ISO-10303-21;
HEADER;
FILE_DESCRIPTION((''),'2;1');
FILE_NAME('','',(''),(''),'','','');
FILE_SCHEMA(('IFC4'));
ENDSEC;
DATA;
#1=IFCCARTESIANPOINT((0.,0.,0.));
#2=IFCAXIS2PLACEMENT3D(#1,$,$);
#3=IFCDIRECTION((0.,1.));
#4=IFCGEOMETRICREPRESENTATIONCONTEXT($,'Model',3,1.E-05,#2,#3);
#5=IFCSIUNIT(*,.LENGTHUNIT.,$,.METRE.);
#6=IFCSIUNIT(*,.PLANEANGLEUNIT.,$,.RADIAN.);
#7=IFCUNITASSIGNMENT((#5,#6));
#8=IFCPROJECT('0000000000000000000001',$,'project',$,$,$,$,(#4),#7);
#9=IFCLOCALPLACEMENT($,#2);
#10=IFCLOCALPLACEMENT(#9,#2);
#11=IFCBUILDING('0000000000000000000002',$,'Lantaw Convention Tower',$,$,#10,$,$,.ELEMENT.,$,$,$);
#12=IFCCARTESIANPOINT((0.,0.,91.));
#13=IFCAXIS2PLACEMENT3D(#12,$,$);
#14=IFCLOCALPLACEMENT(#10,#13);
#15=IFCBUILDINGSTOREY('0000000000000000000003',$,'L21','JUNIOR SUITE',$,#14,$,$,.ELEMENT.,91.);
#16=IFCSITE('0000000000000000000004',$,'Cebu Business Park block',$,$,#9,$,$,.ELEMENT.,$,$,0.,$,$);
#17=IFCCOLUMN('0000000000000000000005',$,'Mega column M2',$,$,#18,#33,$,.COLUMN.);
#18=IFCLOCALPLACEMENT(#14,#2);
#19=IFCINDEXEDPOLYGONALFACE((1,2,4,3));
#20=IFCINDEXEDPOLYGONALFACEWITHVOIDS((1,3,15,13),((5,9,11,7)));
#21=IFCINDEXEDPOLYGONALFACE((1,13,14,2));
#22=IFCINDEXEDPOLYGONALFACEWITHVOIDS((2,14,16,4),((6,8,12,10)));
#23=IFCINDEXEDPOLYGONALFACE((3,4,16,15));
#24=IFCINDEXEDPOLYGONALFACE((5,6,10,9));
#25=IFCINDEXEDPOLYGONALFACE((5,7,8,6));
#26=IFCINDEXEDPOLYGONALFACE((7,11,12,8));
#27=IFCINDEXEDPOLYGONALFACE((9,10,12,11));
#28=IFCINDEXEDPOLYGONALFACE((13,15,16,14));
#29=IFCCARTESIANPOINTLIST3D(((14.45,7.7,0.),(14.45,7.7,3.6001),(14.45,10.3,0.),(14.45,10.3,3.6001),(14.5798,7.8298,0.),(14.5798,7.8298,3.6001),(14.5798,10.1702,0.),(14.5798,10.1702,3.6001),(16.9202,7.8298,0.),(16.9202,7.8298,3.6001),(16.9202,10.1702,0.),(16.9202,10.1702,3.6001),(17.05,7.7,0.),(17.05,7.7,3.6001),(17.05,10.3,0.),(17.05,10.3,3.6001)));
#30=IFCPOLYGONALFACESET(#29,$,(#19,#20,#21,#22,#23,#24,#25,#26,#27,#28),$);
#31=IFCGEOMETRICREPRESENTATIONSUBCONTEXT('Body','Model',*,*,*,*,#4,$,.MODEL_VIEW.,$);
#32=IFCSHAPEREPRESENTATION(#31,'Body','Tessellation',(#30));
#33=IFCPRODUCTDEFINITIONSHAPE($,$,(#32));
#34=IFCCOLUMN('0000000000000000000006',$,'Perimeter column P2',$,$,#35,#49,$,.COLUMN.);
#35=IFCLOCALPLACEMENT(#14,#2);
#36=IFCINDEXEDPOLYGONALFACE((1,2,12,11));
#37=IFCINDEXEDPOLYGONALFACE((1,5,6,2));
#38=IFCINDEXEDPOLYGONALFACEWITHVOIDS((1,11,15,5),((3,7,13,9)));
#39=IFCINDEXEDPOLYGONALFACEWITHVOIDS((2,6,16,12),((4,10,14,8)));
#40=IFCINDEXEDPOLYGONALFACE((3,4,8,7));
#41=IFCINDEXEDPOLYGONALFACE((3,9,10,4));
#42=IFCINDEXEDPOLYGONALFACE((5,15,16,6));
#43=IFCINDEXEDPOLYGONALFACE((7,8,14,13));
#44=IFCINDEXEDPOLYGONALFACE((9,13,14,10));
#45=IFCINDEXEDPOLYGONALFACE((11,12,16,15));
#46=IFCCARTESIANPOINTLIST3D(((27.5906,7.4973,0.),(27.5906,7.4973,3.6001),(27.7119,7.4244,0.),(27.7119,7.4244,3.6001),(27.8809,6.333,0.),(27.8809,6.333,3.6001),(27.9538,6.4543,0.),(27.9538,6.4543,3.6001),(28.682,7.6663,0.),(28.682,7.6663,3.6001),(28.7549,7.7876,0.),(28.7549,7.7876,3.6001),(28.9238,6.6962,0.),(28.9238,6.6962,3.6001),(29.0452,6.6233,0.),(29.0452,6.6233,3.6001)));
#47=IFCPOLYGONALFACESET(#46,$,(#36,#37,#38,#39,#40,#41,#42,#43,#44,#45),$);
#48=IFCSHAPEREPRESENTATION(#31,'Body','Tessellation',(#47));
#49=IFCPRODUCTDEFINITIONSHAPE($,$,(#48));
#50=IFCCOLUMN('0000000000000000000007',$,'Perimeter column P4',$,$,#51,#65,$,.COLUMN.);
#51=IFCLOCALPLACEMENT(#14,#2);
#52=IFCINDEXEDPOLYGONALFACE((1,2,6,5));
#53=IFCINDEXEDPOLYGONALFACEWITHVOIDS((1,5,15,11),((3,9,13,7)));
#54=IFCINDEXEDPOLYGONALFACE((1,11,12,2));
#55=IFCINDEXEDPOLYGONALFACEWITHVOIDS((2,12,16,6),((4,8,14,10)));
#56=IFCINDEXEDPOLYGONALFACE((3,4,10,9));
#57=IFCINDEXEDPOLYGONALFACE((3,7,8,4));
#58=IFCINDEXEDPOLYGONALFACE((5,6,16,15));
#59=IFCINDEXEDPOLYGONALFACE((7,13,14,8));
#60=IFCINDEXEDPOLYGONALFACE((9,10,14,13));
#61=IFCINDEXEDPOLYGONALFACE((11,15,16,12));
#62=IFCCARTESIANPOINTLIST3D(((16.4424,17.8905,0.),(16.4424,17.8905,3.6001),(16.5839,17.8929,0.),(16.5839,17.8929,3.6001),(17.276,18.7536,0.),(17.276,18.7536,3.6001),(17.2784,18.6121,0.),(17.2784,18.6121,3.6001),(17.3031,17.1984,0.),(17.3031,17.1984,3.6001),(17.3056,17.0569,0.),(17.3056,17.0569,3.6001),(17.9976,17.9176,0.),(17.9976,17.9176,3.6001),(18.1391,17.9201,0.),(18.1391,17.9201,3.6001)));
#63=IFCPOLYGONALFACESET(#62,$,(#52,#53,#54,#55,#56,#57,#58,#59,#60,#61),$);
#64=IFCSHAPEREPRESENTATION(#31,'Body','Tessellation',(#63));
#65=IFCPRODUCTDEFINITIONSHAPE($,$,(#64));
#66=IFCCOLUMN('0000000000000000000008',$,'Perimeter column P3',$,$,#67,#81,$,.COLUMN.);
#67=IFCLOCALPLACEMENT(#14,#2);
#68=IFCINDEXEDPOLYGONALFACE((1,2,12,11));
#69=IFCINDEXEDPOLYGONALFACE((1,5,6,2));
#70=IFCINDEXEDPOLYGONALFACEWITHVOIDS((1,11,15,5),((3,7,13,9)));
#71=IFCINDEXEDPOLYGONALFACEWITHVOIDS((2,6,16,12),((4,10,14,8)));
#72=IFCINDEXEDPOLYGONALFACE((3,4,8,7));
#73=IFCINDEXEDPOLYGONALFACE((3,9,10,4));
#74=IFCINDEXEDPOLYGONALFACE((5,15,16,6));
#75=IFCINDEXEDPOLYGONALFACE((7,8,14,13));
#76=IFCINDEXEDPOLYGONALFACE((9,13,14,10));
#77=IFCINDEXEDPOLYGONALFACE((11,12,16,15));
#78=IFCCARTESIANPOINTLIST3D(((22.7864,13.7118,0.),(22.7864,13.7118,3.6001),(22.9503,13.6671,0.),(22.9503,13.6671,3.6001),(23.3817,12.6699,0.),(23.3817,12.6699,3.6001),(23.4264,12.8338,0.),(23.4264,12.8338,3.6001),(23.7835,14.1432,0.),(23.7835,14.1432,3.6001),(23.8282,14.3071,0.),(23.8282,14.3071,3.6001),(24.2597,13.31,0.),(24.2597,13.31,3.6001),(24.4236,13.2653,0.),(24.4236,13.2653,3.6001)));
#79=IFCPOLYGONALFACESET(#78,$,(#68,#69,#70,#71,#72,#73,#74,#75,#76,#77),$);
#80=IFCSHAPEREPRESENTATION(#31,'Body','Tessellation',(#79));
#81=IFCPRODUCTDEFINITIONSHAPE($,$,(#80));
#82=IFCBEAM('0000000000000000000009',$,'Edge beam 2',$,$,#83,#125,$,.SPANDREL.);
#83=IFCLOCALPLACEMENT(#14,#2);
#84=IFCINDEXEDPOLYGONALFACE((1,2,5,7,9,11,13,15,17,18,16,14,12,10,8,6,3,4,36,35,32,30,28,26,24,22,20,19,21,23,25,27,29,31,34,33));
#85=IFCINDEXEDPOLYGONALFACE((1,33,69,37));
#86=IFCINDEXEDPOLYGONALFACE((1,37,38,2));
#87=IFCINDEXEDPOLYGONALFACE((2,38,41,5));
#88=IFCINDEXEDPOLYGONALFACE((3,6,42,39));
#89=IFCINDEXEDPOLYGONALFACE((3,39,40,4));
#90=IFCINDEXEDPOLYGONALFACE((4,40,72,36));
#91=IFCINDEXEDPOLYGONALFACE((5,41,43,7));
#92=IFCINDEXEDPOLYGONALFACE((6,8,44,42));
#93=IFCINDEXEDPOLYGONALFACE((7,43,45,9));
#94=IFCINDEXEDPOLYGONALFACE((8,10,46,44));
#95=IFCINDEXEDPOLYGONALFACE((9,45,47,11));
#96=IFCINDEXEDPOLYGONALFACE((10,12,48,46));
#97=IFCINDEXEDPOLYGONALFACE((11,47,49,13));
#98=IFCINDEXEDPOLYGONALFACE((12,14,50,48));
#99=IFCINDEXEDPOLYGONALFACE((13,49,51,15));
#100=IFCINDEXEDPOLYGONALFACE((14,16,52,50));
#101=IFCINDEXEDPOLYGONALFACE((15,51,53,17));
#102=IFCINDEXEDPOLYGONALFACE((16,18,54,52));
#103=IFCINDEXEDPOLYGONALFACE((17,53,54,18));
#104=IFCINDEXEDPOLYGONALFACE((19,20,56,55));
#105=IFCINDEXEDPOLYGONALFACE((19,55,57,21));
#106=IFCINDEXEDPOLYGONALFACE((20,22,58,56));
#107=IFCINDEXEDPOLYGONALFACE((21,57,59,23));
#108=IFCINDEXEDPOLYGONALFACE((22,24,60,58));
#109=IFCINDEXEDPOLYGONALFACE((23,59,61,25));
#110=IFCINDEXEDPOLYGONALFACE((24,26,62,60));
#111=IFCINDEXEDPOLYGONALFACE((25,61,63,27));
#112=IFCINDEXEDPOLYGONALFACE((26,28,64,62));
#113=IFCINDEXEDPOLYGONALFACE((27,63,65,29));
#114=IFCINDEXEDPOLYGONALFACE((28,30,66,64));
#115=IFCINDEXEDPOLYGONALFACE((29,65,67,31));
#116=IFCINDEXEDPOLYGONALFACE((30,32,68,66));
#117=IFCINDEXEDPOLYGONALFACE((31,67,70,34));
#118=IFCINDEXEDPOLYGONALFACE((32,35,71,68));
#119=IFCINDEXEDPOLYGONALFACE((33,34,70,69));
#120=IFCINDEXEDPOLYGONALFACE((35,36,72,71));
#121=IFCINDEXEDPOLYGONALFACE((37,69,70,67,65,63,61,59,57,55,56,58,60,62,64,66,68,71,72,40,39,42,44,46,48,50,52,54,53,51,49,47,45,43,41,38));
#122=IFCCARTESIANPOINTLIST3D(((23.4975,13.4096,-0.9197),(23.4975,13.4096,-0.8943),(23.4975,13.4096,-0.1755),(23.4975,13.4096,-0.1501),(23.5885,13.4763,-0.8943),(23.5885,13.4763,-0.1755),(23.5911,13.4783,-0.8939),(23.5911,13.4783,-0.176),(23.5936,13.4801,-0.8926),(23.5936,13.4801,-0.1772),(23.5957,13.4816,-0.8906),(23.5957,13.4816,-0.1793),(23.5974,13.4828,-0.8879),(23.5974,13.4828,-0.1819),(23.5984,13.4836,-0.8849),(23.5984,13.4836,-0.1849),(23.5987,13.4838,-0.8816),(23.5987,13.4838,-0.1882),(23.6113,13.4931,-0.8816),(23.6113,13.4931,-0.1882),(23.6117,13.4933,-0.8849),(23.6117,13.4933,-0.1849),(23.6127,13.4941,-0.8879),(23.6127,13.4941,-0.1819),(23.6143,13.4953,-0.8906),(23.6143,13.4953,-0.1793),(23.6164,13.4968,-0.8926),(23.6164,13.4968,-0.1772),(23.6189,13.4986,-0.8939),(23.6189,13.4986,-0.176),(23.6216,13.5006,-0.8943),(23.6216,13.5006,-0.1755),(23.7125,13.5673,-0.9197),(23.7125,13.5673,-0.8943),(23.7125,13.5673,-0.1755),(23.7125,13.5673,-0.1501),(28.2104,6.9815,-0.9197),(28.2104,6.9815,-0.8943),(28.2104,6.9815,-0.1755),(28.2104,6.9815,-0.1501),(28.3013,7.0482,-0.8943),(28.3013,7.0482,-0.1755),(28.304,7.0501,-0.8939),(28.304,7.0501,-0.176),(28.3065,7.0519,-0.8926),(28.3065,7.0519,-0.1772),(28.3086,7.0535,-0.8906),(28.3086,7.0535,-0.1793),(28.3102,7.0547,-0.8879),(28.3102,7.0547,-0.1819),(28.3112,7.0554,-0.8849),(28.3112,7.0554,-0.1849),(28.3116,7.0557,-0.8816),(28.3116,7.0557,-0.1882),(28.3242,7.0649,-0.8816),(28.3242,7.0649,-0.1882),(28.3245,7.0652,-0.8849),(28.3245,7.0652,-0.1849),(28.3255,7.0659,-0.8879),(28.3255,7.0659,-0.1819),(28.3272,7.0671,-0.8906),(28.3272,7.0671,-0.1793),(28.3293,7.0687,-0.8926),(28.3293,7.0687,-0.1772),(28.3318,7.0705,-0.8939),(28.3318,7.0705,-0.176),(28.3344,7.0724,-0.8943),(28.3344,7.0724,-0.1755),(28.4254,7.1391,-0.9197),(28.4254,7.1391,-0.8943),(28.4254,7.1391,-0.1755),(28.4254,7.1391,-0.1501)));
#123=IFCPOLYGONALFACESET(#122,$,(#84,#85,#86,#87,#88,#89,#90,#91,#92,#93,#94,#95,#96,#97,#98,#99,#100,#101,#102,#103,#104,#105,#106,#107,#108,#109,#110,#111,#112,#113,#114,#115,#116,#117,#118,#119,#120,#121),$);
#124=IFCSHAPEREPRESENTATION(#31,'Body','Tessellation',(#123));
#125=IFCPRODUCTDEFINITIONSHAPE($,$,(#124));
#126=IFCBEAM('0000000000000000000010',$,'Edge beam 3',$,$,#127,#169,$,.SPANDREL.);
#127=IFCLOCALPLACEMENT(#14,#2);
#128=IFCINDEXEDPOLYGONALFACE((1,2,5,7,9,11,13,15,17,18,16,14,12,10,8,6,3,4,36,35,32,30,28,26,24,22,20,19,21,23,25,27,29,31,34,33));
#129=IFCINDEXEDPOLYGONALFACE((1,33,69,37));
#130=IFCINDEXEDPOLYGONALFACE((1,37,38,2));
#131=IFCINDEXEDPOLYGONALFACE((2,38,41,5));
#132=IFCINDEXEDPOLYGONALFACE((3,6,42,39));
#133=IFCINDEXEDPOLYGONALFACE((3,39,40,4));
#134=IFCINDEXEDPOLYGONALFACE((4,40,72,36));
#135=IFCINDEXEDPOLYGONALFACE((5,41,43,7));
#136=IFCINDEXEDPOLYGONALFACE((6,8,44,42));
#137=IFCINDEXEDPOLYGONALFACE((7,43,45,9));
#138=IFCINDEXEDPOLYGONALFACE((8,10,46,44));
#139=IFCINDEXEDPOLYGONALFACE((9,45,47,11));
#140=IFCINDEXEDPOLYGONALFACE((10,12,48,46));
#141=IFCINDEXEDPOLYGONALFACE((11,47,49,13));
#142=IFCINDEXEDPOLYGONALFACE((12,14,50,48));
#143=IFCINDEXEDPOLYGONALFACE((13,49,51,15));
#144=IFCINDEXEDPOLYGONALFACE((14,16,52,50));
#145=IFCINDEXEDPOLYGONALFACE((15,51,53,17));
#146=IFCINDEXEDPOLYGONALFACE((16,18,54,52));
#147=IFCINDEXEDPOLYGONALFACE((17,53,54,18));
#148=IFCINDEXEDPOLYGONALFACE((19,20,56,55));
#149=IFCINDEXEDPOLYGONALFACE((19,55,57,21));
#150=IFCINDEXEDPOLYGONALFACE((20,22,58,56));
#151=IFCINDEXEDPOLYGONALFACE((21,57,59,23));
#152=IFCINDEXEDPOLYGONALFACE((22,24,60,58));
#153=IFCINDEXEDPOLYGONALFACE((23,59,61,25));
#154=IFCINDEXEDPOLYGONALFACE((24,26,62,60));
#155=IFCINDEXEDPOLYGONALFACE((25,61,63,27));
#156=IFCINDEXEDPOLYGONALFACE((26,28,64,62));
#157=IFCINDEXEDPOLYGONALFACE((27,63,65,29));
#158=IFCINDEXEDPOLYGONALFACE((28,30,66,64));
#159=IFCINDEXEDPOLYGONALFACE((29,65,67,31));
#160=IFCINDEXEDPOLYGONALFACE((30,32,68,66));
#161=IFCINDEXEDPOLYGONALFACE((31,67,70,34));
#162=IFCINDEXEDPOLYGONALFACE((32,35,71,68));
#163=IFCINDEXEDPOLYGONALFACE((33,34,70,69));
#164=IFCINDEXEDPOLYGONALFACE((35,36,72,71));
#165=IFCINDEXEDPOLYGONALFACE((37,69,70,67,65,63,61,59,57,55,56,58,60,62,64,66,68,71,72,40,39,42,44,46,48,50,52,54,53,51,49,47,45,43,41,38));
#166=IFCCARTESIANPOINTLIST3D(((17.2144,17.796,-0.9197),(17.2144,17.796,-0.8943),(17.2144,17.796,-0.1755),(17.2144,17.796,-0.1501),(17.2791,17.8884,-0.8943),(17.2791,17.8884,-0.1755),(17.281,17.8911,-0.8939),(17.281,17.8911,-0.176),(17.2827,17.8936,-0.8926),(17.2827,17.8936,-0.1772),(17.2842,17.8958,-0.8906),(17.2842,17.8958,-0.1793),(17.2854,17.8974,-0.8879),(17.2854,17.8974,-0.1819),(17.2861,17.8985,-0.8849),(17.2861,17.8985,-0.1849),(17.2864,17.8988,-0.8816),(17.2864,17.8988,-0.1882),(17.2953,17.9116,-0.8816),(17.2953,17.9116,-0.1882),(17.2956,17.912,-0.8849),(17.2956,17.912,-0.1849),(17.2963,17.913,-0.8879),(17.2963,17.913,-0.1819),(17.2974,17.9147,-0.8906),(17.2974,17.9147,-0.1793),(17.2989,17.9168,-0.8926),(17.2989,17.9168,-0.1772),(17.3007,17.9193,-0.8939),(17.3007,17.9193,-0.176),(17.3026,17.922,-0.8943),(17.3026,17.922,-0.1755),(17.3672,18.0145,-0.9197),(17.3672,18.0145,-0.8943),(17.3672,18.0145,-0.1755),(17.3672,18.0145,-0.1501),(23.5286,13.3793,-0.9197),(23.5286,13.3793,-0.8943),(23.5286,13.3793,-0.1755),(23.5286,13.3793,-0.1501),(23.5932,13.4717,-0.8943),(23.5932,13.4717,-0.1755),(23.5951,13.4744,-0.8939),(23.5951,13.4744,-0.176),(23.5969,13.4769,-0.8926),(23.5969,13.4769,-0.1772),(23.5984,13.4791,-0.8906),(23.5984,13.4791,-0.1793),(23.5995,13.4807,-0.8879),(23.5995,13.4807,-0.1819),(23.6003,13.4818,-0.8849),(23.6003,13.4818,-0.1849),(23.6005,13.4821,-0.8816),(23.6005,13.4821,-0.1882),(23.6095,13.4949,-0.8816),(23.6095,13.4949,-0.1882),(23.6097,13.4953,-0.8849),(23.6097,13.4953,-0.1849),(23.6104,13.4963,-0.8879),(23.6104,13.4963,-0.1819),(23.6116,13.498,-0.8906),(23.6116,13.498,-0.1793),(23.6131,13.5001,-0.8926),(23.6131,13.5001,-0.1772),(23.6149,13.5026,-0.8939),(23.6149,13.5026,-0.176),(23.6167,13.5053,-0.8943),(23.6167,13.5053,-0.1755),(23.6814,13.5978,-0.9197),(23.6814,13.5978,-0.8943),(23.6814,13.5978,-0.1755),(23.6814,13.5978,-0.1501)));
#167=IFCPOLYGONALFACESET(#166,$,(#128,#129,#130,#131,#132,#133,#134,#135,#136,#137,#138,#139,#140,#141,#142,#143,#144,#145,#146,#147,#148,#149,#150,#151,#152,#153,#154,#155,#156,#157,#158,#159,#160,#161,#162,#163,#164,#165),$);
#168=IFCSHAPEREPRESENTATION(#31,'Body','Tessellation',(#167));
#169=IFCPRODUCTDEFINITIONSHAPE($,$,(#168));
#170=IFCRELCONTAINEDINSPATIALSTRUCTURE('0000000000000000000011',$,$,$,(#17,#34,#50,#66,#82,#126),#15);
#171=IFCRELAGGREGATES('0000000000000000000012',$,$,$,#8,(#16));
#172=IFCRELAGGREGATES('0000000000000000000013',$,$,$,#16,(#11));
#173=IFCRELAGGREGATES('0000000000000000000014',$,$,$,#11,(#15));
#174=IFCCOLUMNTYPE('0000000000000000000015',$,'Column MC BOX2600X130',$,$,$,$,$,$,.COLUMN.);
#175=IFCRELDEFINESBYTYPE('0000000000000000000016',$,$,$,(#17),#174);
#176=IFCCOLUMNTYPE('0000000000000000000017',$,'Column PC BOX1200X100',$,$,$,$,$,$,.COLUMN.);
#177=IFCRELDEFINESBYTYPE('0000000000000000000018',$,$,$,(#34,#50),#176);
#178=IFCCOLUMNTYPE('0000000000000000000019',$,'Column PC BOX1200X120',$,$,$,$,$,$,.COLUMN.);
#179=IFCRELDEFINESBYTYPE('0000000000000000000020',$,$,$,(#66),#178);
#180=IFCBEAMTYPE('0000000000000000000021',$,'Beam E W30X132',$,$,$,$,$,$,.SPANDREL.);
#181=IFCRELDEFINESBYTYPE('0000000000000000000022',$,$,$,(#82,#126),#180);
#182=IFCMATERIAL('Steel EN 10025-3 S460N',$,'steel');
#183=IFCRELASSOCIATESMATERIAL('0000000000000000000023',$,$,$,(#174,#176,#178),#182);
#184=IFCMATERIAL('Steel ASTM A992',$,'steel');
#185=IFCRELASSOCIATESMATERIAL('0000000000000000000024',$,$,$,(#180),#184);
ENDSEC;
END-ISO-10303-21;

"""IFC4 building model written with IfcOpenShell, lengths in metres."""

from ifc_helpers import new_model, si_unit, direction, frame, origin, origin_2d, place, context, subcontext, project, spatial, rectangle, hollow_rectangle, i_section, extrude, material, material_profile, profile_set, type_object, element, save


model = new_model("IFC4")

# Units and contexts
model_context = context("Model", 3, precision=1e-05, world=origin(), true_north=direction((0.0, 1.0)))
body_context = subcontext(model_context, "Body", "Model", "MODEL_VIEW")
ifc_project = project(units=[si_unit("LENGTHUNIT", "METRE"), si_unit("PLANEANGLEUNIT", "RADIAN")], contexts=[model_context])

# Site, building, storey
site_placement = place(None, origin())
site = spatial("IfcSite", under=ifc_project, at=site_placement, Name="Cebu Business Park block", CompositionType="ELEMENT", RefElevation=0.0)
building_placement = place(site_placement, origin())
building = spatial("IfcBuilding", under=site, at=building_placement, Name="Lantaw Convention Tower", CompositionType="ELEMENT")
storey_placement = place(building_placement, frame((0.0, 0.0, 91.0)))
storey = spatial("IfcBuildingStorey", under=building, at=storey_placement, Name="L21", Description="JUNIOR SUITE", CompositionType="ELEMENT", Elevation=91.0)

# Columns
ifc_material_1 = material(Name="Steel EN 10025-3 S460N", Category="steel")
ifc_material_profile_1 = material_profile(ifc_material_1, hollow_rectangle(XDim=2.6001, YDim=2.6001, WallThickness=0.1299, at=origin_2d()), Name="BOX2600X130")
ifc_material_2 = material(Name="Concrete C60/75", Category="concrete")
ifc_material_profile_2 = material_profile(ifc_material_2, rectangle(XDim=2.3401, YDim=2.3401, at=origin_2d()), Name="Concrete fill of BOX2600X130")
ifc_profile_set_1 = profile_set([ifc_material_profile_1, ifc_material_profile_2], Name="Steel EN 10025-3 S460N")
column_type_1 = type_object("IfcColumnType", Name="Column MC BOX2600X130", PredefinedType="COLUMN", material=ifc_profile_set_1)
column_1_placement = place(storey_placement, frame((15.75, 9.0, 0.0), z_axis=(0.0, 0.0, 1.0), x_axis=(1.0, 0.0, 0.0)))
element("IfcColumn", 1, at=column_1_placement, inside=storey, type_object=column_type_1, Name="Mega column M2", PredefinedType="COLUMN", context=body_context, shape_type="SweptSolid", body=[
    extrude(hollow_rectangle(XDim=2.6001, YDim=2.6001, WallThickness=0.1299, at=origin_2d()), origin(), (0.0, 0.0, 1.0), 3.6001),
])
ifc_material_profile_3 = material_profile(ifc_material_1, hollow_rectangle(XDim=1.2, YDim=1.2, WallThickness=0.1001, at=origin_2d()), Name="BOX1200X100")
ifc_material_profile_4 = material_profile(ifc_material_2, rectangle(XDim=1.0, YDim=1.0, at=origin_2d()), Name="Concrete fill of BOX1200X100")
ifc_profile_set_2 = profile_set([ifc_material_profile_3, ifc_material_profile_4], Name="Steel EN 10025-3 S460N")
column_type_2 = type_object("IfcColumnType", Name="Column PC BOX1200X100", PredefinedType="COLUMN", material=ifc_profile_set_2)
for number, where, z_axis, x_axis, name in (
    (2, (28.3179, 7.0603, 0.0), (0.0, 0.0, 1.0), (0.970296, 0.241922, 0.0), "Perimeter column P2"),
    (3, (17.2908, 17.9053, 0.0), (0.0, 0.0, 1.0), (0.694658, 0.71934, 0.0), "Perimeter column P4"),
):
    element("IfcColumn", number, at=place(storey_placement, frame(where, z_axis=z_axis, x_axis=x_axis)), inside=storey, type_object=column_type_2, Name=name, PredefinedType="COLUMN", context=body_context, shape_type="SweptSolid", body=[
        extrude(hollow_rectangle(XDim=1.2, YDim=1.2, WallThickness=0.1001, at=origin_2d()), origin(), (0.0, 0.0, 1.0), 3.6001),
    ])
ifc_material_profile_5 = material_profile(ifc_material_1, hollow_rectangle(XDim=1.2, YDim=1.2, WallThickness=0.1201, at=origin_2d()), Name="BOX1200X120")
ifc_material_profile_6 = material_profile(ifc_material_2, rectangle(XDim=0.96, YDim=0.96, at=origin_2d()), Name="Concrete fill of BOX1200X120")
ifc_profile_set_3 = profile_set([ifc_material_profile_5, ifc_material_profile_6], Name="Steel EN 10025-3 S460N")
column_type_3 = type_object("IfcColumnType", Name="Column PC BOX1200X120", PredefinedType="COLUMN", material=ifc_profile_set_3)
column_2_placement = place(storey_placement, frame((23.605, 13.4885, 0.0), z_axis=(0.0, 0.0, 1.0), x_axis=(0.868243, 0.496139, 0.0)))
element("IfcColumn", 4, at=column_2_placement, inside=storey, type_object=column_type_3, Name="Perimeter column P3", PredefinedType="COLUMN", context=body_context, shape_type="SweptSolid", body=[
    extrude(hollow_rectangle(XDim=1.2, YDim=1.2, WallThickness=0.1201, at=origin_2d()), origin(), (0.0, 0.0, 1.0), 3.6001),
])

# Beams
ifc_material_3 = material(Name="Steel ASTM A992", Category="steel")
ifc_material_profile_7 = material_profile(ifc_material_3, i_section(OverallWidth=0.2666, OverallDepth=0.7695, WebThickness=0.0156, FlangeThickness=0.0254, FilletRadius=0.0127, at=origin_2d()), Name="W30X132")
ifc_profile_set_4 = profile_set([ifc_material_profile_7], Name="Steel ASTM A992")
beam_type_1 = type_object("IfcBeamType", Name="Beam E W30X132", PredefinedType="SPANDREL", material=ifc_profile_set_4)
beam_1_placement = place(storey_placement, frame((28.3179, 7.0603, -0.5349), z_axis=(-0.591271, 0.806473, 0.0), x_axis=(-0.806473, -0.591271, 0.0)))
element("IfcBeam", 5, at=beam_1_placement, inside=storey, type_object=beam_type_1, Name="Edge beam 2", PredefinedType="SPANDREL", context=body_context, shape_type="SweptSolid", body=[
    extrude(i_section(OverallWidth=0.2666, OverallDepth=0.7695, WebThickness=0.0156, FlangeThickness=0.0254, FilletRadius=0.0127, at=origin_2d()), origin(), (0.0, 0.0, 1.0), 7.9707),
])
beam_2_placement = place(storey_placement, frame((23.605, 13.4885, -0.5349), z_axis=(-0.819427, 0.573184, 0.0), x_axis=(-0.573184, -0.819427, 0.0)))
element("IfcBeam", 6, at=beam_2_placement, inside=storey, type_object=beam_type_1, Name="Edge beam 3", PredefinedType="SPANDREL", context=body_context, shape_type="SweptSolid", body=[
    extrude(i_section(OverallWidth=0.2666, OverallDepth=0.7695, WebThickness=0.0156, FlangeThickness=0.0254, FilletRadius=0.0127, at=origin_2d()), origin(), (0.0, 0.0, 1.0), 7.7056),
])

save(model, "model.ifc")
